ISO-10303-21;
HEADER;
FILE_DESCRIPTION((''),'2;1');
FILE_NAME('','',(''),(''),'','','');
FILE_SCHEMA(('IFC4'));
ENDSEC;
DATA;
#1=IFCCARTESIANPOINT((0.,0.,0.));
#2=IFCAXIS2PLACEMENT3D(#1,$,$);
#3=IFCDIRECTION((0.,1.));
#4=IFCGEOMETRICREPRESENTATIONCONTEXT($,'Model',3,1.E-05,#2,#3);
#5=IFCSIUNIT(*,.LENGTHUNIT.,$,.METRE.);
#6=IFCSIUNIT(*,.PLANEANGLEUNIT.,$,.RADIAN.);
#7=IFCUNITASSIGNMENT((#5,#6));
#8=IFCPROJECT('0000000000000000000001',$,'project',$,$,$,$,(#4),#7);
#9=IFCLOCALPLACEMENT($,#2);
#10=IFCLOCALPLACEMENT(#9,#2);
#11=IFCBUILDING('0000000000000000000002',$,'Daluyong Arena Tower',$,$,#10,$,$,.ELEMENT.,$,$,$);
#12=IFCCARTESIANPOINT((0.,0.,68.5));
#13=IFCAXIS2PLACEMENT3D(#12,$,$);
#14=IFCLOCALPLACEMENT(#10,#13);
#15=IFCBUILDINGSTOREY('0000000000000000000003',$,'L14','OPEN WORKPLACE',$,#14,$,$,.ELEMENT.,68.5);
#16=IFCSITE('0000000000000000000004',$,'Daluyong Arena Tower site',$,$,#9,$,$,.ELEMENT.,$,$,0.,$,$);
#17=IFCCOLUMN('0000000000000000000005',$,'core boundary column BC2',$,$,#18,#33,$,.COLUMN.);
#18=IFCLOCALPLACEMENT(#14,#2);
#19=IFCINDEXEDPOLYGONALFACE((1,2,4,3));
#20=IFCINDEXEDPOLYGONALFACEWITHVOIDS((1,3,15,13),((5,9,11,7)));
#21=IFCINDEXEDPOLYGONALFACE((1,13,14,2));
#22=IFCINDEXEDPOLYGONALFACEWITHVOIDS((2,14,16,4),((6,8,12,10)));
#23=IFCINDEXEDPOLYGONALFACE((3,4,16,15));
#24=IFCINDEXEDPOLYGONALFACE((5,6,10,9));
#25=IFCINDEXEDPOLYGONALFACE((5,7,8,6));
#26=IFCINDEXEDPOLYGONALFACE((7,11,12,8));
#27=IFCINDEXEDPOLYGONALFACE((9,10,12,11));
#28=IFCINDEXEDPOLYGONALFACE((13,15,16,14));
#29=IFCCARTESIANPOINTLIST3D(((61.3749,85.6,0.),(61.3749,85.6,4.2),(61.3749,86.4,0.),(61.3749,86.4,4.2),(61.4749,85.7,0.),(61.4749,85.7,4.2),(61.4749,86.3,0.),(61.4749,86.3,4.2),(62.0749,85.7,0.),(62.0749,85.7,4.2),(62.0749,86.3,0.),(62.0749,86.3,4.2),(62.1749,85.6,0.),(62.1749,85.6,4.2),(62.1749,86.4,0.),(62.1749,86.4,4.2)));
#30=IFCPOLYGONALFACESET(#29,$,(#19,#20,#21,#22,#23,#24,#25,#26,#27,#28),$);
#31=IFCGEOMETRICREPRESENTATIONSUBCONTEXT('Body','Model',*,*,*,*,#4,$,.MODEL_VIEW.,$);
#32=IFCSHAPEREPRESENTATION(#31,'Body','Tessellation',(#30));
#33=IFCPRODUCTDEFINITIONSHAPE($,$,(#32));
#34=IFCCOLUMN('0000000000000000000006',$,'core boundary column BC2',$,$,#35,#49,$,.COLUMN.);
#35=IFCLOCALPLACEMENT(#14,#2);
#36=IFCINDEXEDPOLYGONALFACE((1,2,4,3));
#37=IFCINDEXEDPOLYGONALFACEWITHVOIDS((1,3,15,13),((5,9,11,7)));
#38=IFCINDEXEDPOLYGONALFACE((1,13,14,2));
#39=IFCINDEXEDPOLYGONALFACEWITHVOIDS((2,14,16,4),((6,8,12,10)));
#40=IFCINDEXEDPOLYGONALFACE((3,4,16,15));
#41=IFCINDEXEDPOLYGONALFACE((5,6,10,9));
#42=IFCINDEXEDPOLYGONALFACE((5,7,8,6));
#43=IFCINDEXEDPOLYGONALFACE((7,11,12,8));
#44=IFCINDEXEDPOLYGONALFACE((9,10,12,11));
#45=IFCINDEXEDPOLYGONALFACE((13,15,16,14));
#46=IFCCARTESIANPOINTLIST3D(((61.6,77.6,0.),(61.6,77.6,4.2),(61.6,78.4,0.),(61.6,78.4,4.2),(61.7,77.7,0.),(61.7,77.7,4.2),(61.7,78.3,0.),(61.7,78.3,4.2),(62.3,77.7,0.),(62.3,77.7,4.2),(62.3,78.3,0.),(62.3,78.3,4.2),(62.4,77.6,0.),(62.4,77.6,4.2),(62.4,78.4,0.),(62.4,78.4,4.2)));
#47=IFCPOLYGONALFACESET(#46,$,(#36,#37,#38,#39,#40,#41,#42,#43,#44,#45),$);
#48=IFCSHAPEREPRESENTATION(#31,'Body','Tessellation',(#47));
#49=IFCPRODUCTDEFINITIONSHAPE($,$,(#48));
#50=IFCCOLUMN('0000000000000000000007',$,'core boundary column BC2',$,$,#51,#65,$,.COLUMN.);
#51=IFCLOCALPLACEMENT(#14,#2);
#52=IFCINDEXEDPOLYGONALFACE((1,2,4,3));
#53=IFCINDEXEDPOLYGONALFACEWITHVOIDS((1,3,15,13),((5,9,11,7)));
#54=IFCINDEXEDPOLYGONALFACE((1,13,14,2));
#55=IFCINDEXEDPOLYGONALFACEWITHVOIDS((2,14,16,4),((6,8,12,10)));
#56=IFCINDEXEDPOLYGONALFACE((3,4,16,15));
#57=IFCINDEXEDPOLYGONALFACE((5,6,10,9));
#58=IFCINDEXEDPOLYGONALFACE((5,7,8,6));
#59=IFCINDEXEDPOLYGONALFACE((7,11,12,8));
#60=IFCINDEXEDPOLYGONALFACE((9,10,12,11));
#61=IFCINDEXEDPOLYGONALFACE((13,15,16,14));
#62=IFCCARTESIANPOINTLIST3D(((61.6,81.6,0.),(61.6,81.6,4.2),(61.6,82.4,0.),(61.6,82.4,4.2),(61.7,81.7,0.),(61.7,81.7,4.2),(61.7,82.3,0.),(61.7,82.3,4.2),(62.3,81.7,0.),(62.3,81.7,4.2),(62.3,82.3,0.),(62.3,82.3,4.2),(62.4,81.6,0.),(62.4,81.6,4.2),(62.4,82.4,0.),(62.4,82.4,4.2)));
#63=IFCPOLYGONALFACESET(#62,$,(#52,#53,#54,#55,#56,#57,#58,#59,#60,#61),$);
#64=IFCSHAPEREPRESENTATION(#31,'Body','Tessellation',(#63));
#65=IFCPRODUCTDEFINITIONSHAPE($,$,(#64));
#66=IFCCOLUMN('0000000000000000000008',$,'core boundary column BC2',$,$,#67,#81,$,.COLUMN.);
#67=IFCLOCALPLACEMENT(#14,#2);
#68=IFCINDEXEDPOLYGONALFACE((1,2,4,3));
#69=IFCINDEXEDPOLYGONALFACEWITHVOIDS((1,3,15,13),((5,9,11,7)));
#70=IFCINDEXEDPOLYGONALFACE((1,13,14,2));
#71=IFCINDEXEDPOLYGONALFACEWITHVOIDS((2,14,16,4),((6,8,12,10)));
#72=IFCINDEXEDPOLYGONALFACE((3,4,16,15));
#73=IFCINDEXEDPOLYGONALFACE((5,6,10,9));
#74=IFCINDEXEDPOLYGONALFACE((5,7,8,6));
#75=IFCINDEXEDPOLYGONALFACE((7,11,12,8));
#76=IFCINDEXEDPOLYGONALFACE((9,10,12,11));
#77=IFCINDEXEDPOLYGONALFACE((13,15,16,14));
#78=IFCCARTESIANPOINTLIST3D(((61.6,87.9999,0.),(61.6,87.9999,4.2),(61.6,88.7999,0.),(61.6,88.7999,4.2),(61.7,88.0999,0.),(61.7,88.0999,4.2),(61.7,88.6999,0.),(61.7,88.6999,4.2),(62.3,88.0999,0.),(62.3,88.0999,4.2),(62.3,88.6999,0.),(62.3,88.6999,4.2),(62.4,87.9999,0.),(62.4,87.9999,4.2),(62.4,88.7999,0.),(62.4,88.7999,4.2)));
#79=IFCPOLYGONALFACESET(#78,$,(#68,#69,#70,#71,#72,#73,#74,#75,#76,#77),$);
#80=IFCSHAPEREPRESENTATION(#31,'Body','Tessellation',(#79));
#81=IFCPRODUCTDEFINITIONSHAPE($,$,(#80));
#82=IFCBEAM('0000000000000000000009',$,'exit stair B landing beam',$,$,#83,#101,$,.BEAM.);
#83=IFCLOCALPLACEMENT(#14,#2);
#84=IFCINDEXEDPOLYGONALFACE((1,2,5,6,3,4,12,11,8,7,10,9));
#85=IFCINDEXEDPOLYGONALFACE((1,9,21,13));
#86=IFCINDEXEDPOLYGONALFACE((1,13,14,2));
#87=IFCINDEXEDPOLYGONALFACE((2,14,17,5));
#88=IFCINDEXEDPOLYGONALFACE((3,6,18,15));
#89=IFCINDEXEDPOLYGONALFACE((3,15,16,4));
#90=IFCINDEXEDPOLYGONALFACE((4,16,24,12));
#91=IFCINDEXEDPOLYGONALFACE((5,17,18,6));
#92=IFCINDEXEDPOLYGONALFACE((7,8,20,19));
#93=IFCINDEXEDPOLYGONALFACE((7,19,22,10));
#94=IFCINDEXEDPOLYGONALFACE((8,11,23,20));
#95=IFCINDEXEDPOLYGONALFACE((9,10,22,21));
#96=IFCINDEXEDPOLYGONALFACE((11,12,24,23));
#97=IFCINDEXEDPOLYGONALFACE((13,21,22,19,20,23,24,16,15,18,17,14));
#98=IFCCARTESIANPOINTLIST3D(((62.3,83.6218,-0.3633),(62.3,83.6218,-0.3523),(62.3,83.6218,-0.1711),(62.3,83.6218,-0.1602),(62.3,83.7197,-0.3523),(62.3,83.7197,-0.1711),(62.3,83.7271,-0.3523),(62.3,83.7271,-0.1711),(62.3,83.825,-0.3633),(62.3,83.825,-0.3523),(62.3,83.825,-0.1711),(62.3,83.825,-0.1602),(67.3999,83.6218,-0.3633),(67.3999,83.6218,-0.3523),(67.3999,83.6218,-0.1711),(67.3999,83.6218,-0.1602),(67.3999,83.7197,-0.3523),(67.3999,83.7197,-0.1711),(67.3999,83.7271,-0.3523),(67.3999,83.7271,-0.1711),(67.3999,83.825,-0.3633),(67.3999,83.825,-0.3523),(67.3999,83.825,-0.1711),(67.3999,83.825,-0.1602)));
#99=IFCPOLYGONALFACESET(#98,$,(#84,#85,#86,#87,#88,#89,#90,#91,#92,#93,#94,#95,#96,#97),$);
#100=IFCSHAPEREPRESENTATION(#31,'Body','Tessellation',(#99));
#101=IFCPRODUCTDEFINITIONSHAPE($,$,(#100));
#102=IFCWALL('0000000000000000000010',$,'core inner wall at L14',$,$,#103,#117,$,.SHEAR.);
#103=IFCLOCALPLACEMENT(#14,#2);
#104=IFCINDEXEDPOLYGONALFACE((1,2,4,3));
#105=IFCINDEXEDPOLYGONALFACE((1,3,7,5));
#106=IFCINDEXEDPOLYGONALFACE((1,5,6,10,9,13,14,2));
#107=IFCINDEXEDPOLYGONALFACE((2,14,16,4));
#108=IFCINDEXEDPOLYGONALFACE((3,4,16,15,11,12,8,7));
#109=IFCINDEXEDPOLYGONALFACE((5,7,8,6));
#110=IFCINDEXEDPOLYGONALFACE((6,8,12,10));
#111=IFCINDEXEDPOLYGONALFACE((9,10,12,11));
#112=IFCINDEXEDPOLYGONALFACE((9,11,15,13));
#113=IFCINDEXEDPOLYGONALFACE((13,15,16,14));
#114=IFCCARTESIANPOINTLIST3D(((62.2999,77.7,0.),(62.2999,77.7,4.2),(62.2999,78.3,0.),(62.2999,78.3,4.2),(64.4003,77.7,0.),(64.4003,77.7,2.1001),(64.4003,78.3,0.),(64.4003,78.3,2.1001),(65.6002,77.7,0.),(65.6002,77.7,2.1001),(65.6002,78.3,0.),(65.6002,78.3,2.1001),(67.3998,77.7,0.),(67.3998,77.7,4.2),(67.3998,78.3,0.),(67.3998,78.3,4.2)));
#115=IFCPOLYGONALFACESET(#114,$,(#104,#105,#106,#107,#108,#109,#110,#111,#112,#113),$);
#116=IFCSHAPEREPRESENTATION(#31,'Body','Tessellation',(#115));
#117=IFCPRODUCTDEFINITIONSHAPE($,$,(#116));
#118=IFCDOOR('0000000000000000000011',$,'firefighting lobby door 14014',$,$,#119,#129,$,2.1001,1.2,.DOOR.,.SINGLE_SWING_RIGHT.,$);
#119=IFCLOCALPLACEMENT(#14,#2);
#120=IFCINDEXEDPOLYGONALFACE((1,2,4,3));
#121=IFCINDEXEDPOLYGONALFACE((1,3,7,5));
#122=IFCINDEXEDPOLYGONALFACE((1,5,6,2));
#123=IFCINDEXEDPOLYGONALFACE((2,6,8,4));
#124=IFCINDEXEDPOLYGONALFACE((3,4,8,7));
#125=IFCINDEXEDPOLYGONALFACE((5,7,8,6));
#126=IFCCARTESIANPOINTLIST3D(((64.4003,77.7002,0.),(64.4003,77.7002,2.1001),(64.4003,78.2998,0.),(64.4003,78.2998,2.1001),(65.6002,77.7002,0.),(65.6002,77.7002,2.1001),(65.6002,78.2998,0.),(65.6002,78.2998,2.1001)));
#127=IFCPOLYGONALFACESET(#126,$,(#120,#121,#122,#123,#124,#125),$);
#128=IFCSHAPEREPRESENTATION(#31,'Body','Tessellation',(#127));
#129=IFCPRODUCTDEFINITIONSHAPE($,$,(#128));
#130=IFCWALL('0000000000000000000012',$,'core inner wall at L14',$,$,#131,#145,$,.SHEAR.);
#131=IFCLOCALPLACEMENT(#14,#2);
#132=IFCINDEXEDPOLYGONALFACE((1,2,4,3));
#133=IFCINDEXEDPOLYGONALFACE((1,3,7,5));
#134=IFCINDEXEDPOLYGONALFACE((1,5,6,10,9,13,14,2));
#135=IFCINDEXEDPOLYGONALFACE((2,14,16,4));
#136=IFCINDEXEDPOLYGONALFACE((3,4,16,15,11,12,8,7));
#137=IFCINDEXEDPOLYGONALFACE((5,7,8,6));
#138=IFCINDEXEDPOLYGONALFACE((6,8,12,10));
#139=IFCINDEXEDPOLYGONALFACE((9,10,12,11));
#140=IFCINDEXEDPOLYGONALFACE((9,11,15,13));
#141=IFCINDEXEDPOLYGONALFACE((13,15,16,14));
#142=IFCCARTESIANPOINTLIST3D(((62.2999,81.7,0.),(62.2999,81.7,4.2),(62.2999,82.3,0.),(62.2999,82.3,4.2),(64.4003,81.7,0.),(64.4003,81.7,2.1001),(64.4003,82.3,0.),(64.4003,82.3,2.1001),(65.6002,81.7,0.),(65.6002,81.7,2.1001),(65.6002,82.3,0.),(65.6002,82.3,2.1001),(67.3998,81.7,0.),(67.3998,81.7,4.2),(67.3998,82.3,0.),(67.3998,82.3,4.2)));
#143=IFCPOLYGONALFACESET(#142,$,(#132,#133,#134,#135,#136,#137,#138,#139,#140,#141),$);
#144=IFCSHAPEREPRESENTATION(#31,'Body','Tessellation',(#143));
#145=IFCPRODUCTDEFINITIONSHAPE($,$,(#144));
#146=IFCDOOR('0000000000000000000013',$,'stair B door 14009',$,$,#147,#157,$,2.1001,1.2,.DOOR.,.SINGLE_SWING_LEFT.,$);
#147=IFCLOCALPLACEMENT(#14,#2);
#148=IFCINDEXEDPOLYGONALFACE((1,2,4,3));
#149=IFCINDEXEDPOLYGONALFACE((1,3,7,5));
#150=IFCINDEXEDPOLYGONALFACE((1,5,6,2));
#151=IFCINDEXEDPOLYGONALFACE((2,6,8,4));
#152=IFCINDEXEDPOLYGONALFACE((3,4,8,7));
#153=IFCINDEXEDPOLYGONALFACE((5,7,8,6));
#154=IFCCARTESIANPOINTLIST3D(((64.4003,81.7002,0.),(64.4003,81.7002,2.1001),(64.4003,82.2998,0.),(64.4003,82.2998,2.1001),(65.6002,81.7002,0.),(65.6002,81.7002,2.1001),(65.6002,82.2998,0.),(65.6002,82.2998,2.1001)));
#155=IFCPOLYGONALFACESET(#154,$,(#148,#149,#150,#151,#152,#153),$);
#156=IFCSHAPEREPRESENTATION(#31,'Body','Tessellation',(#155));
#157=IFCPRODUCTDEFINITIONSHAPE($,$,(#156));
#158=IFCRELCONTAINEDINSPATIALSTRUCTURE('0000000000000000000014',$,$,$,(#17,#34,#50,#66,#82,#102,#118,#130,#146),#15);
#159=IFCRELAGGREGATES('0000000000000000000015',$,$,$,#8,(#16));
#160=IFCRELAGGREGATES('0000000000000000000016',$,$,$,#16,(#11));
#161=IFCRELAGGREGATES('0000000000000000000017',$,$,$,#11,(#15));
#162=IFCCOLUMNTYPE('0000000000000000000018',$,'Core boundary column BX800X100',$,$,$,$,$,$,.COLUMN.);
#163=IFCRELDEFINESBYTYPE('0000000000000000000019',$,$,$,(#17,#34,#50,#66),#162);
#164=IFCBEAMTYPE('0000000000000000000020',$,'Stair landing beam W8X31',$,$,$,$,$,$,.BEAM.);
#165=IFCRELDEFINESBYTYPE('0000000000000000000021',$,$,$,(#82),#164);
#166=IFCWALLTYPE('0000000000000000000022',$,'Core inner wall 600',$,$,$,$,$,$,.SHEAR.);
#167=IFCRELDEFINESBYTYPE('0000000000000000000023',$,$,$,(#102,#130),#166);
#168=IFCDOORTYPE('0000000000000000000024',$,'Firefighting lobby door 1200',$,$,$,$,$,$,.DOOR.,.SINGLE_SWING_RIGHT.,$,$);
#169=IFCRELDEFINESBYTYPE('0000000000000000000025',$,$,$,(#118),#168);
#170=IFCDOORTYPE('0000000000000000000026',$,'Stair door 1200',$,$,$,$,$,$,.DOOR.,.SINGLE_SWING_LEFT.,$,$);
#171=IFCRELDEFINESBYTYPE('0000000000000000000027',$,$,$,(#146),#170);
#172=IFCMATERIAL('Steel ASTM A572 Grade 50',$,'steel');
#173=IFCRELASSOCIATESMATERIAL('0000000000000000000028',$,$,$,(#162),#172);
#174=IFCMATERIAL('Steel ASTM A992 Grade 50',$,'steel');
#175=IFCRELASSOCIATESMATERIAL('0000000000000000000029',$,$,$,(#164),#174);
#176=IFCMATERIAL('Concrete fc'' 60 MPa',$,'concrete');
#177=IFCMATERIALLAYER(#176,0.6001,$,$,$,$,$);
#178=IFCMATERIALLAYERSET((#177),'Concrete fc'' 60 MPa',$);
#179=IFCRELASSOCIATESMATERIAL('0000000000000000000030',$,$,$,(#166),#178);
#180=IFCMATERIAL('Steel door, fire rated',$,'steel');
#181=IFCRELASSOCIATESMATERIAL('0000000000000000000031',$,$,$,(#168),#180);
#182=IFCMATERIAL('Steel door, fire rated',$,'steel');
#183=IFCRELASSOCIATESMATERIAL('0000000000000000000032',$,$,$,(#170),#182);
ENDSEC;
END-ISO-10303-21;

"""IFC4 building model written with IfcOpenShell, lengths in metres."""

from ifc_helpers import new_model, si_unit, direction, frame, frame_2d, origin, origin_2d, place, context, subcontext, project, spatial, rectangle, hollow_rectangle, i_section, extrude, material, layer, layer_set, material_profile, profile_set, type_object, element, fill, save


model = new_model("IFC4")

# Units and contexts
model_context = context("Model", 3, precision=1e-05, world=origin(), true_north=direction((0.0, 1.0)))
body_context = subcontext(model_context, "Body", "Model", "MODEL_VIEW")
ifc_project = project(units=[si_unit("LENGTHUNIT", "METRE"), si_unit("PLANEANGLEUNIT", "RADIAN")], contexts=[model_context])

# Site, building, storey
site_placement = place(None, origin())
site = spatial("IfcSite", under=ifc_project, at=site_placement, Name="Daluyong Arena Tower site", CompositionType="ELEMENT", RefElevation=0.0)
building_placement = place(site_placement, origin())
building = spatial("IfcBuilding", under=site, at=building_placement, Name="Daluyong Arena Tower", CompositionType="ELEMENT")
storey_placement = place(building_placement, frame((0.0, 0.0, 68.5)))
storey = spatial("IfcBuildingStorey", under=building, at=storey_placement, Name="L14", Description="OPEN WORKPLACE", CompositionType="ELEMENT", Elevation=68.5)

# Columns
ifc_material_1 = material(Name="Steel ASTM A572 Grade 50", Category="steel")
ifc_material_profile_1 = material_profile(ifc_material_1, hollow_rectangle(XDim=0.8, YDim=0.8, WallThickness=0.1, at=origin_2d()))
ifc_profile_set_1 = profile_set([ifc_material_profile_1], Name="Steel ASTM A572 Grade 50")
column_type = type_object("IfcColumnType", Name="Core boundary column BX800X100", PredefinedType="COLUMN", material=ifc_profile_set_1)
for number, where, z_axis, x_axis, name in (
    (1, (61.7749, 86.0, 0.0), (0.0, 0.0, 1.0), (1.0, 0.0, 0.0), "core boundary column BC2"),
    (2, (62.0, 78.0, 0.0), (0.0, 0.0, 1.0), (1.0, 0.0, 0.0), "core boundary column BC2"),
    (3, (62.0, 82.0, 0.0), (0.0, 0.0, 1.0), (1.0, 0.0, 0.0), "core boundary column BC2"),
    (4, (62.0, 88.3999, 0.0), (0.0, 0.0, 1.0), (1.0, 0.0, 0.0), "core boundary column BC2"),
):
    element("IfcColumn", number, at=place(storey_placement, frame(where, z_axis=z_axis, x_axis=x_axis)), inside=storey, type_object=column_type, Name=name, PredefinedType="COLUMN", context=body_context, shape_type="SweptSolid", body=[
        extrude(hollow_rectangle(XDim=0.8, YDim=0.8, WallThickness=0.1, at=origin_2d()), origin(), (0.0, 0.0, 1.0), 4.2),
    ])

# Beam
ifc_material_2 = material(Name="Steel ASTM A992 Grade 50", Category="steel")
ifc_material_profile_2 = material_profile(ifc_material_2, i_section(OverallWidth=0.2031, OverallDepth=0.2031, WebThickness=0.0073, FlangeThickness=0.011, at=origin_2d()))
ifc_profile_set_2 = profile_set([ifc_material_profile_2], Name="Steel ASTM A992 Grade 50")
beam_type = type_object("IfcBeamType", Name="Stair landing beam W8X31", PredefinedType="BEAM", material=ifc_profile_set_2)
beam_placement = place(storey_placement, frame((62.3, 83.7234, -0.2617), z_axis=(1.0, 0.0, 0.0), x_axis=(0.0, 1.0, 0.0)))
element("IfcBeam", 5, at=beam_placement, inside=storey, type_object=beam_type, Name="exit stair B landing beam", PredefinedType="BEAM", context=body_context, shape_type="SweptSolid", body=[
    extrude(i_section(OverallWidth=0.2031, OverallDepth=0.2031, WebThickness=0.0073, FlangeThickness=0.011, at=origin_2d()), origin(), (0.0, 0.0, 1.0), 5.0999),
])

# Walls, openings, doors
ifc_material_3 = material(Name="Concrete fc' 60 MPa", Category="concrete")
ifc_layer_1 = layer(ifc_material_3, 0.6001)
ifc_layer_set_1 = layer_set([ifc_layer_1], Name="Concrete fc' 60 MPa")
wall_type_1 = type_object("IfcWallType", Name="Core inner wall 600", PredefinedType="SHEAR", material=ifc_layer_set_1)
wall_1_placement = place(storey_placement, frame((62.3, 78.0, 0.0), z_axis=(0.0, 0.0, 1.0), x_axis=(1.0, 0.0, 0.0)))
wall_1 = element("IfcWall", 6, at=wall_1_placement, inside=storey, type_object=wall_type_1, Name="core inner wall at L14", PredefinedType="SHEAR", context=body_context, shape_type="SweptSolid", body=[
    extrude(rectangle(XDim=5.0999, YDim=0.6001, at=frame_2d((2.5498, 0.0))), origin(), (0.0, 0.0, 1.0), 4.2),
])
opening_1_placement = place(wall_1_placement, frame((2.1001, 0.0, 0.0)))
opening_1 = element("IfcOpeningElement", 7, at=opening_1_placement, cuts=wall_1, PredefinedType="OPENING", context=body_context, shape_type="SweptSolid", body=[
    extrude(rectangle(XDim=1.2, YDim=2.1001, at=frame_2d((0.6001, 1.05))), frame((0.0, 0.3101, 0.0), z_axis=(0.0, -1.0, 0.0), x_axis=(1.0, 0.0, 0.0)), (0.0, 0.0, 1.0), 0.6201),
])
ifc_material_4 = material(Name="Steel door, fire rated", Category="steel")
door_type_1 = type_object("IfcDoorType", Name="Firefighting lobby door 1200", OperationType="SINGLE_SWING_RIGHT", PredefinedType="DOOR", material=ifc_material_4)
door_1_placement = place(opening_1_placement, origin())
door_1 = element("IfcDoor", 8, at=door_1_placement, inside=storey, type_object=door_type_1, Name="firefighting lobby door 14014", OperationType="SINGLE_SWING_RIGHT", OverallHeight=2.1001, OverallWidth=1.2, PredefinedType="DOOR", context=body_context, shape_type="SweptSolid", body=[
    extrude(rectangle(XDim=1.2, YDim=2.1001, at=frame_2d((0.6001, 1.05))), frame((0.0, 0.2998, 0.0), z_axis=(0.0, -1.0, 0.0), x_axis=(1.0, 0.0, 0.0)), (0.0, 0.0, 1.0), 0.5996),
])
fill(opening_1, door_1)
wall_2_placement = place(storey_placement, frame((62.3, 82.0, 0.0), z_axis=(0.0, 0.0, 1.0), x_axis=(1.0, 0.0, 0.0)))
wall_2 = element("IfcWall", 9, at=wall_2_placement, inside=storey, type_object=wall_type_1, Name="core inner wall at L14", PredefinedType="SHEAR", context=body_context, shape_type="SweptSolid", body=[
    extrude(rectangle(XDim=5.0999, YDim=0.6001, at=frame_2d((2.5498, 0.0))), origin(), (0.0, 0.0, 1.0), 4.2),
])
opening_2_placement = place(wall_2_placement, frame((2.1001, 0.0, 0.0)))
opening_2 = element("IfcOpeningElement", 10, at=opening_2_placement, cuts=wall_2, PredefinedType="OPENING", context=body_context, shape_type="SweptSolid", body=[
    extrude(rectangle(XDim=1.2, YDim=2.1001, at=frame_2d((0.6001, 1.05))), frame((0.0, 0.3101, 0.0), z_axis=(0.0, -1.0, 0.0), x_axis=(1.0, 0.0, 0.0)), (0.0, 0.0, 1.0), 0.6201),
])
ifc_material_5 = material(Name="Steel door, fire rated", Category="steel")
door_type_2 = type_object("IfcDoorType", Name="Stair door 1200", OperationType="SINGLE_SWING_LEFT", PredefinedType="DOOR", material=ifc_material_5)
door_2_placement = place(opening_2_placement, origin())
door_2 = element("IfcDoor", 11, at=door_2_placement, inside=storey, type_object=door_type_2, Name="stair B door 14009", OperationType="SINGLE_SWING_LEFT", OverallHeight=2.1001, OverallWidth=1.2, PredefinedType="DOOR", context=body_context, shape_type="SweptSolid", body=[
    extrude(rectangle(XDim=1.2, YDim=2.1001, at=frame_2d((0.6001, 1.05))), frame((0.0, 0.2998, 0.0), z_axis=(0.0, -1.0, 0.0), x_axis=(1.0, 0.0, 0.0)), (0.0, 0.0, 1.0), 0.5996),
])
fill(opening_2, door_2)

save(model, "model.ifc")
